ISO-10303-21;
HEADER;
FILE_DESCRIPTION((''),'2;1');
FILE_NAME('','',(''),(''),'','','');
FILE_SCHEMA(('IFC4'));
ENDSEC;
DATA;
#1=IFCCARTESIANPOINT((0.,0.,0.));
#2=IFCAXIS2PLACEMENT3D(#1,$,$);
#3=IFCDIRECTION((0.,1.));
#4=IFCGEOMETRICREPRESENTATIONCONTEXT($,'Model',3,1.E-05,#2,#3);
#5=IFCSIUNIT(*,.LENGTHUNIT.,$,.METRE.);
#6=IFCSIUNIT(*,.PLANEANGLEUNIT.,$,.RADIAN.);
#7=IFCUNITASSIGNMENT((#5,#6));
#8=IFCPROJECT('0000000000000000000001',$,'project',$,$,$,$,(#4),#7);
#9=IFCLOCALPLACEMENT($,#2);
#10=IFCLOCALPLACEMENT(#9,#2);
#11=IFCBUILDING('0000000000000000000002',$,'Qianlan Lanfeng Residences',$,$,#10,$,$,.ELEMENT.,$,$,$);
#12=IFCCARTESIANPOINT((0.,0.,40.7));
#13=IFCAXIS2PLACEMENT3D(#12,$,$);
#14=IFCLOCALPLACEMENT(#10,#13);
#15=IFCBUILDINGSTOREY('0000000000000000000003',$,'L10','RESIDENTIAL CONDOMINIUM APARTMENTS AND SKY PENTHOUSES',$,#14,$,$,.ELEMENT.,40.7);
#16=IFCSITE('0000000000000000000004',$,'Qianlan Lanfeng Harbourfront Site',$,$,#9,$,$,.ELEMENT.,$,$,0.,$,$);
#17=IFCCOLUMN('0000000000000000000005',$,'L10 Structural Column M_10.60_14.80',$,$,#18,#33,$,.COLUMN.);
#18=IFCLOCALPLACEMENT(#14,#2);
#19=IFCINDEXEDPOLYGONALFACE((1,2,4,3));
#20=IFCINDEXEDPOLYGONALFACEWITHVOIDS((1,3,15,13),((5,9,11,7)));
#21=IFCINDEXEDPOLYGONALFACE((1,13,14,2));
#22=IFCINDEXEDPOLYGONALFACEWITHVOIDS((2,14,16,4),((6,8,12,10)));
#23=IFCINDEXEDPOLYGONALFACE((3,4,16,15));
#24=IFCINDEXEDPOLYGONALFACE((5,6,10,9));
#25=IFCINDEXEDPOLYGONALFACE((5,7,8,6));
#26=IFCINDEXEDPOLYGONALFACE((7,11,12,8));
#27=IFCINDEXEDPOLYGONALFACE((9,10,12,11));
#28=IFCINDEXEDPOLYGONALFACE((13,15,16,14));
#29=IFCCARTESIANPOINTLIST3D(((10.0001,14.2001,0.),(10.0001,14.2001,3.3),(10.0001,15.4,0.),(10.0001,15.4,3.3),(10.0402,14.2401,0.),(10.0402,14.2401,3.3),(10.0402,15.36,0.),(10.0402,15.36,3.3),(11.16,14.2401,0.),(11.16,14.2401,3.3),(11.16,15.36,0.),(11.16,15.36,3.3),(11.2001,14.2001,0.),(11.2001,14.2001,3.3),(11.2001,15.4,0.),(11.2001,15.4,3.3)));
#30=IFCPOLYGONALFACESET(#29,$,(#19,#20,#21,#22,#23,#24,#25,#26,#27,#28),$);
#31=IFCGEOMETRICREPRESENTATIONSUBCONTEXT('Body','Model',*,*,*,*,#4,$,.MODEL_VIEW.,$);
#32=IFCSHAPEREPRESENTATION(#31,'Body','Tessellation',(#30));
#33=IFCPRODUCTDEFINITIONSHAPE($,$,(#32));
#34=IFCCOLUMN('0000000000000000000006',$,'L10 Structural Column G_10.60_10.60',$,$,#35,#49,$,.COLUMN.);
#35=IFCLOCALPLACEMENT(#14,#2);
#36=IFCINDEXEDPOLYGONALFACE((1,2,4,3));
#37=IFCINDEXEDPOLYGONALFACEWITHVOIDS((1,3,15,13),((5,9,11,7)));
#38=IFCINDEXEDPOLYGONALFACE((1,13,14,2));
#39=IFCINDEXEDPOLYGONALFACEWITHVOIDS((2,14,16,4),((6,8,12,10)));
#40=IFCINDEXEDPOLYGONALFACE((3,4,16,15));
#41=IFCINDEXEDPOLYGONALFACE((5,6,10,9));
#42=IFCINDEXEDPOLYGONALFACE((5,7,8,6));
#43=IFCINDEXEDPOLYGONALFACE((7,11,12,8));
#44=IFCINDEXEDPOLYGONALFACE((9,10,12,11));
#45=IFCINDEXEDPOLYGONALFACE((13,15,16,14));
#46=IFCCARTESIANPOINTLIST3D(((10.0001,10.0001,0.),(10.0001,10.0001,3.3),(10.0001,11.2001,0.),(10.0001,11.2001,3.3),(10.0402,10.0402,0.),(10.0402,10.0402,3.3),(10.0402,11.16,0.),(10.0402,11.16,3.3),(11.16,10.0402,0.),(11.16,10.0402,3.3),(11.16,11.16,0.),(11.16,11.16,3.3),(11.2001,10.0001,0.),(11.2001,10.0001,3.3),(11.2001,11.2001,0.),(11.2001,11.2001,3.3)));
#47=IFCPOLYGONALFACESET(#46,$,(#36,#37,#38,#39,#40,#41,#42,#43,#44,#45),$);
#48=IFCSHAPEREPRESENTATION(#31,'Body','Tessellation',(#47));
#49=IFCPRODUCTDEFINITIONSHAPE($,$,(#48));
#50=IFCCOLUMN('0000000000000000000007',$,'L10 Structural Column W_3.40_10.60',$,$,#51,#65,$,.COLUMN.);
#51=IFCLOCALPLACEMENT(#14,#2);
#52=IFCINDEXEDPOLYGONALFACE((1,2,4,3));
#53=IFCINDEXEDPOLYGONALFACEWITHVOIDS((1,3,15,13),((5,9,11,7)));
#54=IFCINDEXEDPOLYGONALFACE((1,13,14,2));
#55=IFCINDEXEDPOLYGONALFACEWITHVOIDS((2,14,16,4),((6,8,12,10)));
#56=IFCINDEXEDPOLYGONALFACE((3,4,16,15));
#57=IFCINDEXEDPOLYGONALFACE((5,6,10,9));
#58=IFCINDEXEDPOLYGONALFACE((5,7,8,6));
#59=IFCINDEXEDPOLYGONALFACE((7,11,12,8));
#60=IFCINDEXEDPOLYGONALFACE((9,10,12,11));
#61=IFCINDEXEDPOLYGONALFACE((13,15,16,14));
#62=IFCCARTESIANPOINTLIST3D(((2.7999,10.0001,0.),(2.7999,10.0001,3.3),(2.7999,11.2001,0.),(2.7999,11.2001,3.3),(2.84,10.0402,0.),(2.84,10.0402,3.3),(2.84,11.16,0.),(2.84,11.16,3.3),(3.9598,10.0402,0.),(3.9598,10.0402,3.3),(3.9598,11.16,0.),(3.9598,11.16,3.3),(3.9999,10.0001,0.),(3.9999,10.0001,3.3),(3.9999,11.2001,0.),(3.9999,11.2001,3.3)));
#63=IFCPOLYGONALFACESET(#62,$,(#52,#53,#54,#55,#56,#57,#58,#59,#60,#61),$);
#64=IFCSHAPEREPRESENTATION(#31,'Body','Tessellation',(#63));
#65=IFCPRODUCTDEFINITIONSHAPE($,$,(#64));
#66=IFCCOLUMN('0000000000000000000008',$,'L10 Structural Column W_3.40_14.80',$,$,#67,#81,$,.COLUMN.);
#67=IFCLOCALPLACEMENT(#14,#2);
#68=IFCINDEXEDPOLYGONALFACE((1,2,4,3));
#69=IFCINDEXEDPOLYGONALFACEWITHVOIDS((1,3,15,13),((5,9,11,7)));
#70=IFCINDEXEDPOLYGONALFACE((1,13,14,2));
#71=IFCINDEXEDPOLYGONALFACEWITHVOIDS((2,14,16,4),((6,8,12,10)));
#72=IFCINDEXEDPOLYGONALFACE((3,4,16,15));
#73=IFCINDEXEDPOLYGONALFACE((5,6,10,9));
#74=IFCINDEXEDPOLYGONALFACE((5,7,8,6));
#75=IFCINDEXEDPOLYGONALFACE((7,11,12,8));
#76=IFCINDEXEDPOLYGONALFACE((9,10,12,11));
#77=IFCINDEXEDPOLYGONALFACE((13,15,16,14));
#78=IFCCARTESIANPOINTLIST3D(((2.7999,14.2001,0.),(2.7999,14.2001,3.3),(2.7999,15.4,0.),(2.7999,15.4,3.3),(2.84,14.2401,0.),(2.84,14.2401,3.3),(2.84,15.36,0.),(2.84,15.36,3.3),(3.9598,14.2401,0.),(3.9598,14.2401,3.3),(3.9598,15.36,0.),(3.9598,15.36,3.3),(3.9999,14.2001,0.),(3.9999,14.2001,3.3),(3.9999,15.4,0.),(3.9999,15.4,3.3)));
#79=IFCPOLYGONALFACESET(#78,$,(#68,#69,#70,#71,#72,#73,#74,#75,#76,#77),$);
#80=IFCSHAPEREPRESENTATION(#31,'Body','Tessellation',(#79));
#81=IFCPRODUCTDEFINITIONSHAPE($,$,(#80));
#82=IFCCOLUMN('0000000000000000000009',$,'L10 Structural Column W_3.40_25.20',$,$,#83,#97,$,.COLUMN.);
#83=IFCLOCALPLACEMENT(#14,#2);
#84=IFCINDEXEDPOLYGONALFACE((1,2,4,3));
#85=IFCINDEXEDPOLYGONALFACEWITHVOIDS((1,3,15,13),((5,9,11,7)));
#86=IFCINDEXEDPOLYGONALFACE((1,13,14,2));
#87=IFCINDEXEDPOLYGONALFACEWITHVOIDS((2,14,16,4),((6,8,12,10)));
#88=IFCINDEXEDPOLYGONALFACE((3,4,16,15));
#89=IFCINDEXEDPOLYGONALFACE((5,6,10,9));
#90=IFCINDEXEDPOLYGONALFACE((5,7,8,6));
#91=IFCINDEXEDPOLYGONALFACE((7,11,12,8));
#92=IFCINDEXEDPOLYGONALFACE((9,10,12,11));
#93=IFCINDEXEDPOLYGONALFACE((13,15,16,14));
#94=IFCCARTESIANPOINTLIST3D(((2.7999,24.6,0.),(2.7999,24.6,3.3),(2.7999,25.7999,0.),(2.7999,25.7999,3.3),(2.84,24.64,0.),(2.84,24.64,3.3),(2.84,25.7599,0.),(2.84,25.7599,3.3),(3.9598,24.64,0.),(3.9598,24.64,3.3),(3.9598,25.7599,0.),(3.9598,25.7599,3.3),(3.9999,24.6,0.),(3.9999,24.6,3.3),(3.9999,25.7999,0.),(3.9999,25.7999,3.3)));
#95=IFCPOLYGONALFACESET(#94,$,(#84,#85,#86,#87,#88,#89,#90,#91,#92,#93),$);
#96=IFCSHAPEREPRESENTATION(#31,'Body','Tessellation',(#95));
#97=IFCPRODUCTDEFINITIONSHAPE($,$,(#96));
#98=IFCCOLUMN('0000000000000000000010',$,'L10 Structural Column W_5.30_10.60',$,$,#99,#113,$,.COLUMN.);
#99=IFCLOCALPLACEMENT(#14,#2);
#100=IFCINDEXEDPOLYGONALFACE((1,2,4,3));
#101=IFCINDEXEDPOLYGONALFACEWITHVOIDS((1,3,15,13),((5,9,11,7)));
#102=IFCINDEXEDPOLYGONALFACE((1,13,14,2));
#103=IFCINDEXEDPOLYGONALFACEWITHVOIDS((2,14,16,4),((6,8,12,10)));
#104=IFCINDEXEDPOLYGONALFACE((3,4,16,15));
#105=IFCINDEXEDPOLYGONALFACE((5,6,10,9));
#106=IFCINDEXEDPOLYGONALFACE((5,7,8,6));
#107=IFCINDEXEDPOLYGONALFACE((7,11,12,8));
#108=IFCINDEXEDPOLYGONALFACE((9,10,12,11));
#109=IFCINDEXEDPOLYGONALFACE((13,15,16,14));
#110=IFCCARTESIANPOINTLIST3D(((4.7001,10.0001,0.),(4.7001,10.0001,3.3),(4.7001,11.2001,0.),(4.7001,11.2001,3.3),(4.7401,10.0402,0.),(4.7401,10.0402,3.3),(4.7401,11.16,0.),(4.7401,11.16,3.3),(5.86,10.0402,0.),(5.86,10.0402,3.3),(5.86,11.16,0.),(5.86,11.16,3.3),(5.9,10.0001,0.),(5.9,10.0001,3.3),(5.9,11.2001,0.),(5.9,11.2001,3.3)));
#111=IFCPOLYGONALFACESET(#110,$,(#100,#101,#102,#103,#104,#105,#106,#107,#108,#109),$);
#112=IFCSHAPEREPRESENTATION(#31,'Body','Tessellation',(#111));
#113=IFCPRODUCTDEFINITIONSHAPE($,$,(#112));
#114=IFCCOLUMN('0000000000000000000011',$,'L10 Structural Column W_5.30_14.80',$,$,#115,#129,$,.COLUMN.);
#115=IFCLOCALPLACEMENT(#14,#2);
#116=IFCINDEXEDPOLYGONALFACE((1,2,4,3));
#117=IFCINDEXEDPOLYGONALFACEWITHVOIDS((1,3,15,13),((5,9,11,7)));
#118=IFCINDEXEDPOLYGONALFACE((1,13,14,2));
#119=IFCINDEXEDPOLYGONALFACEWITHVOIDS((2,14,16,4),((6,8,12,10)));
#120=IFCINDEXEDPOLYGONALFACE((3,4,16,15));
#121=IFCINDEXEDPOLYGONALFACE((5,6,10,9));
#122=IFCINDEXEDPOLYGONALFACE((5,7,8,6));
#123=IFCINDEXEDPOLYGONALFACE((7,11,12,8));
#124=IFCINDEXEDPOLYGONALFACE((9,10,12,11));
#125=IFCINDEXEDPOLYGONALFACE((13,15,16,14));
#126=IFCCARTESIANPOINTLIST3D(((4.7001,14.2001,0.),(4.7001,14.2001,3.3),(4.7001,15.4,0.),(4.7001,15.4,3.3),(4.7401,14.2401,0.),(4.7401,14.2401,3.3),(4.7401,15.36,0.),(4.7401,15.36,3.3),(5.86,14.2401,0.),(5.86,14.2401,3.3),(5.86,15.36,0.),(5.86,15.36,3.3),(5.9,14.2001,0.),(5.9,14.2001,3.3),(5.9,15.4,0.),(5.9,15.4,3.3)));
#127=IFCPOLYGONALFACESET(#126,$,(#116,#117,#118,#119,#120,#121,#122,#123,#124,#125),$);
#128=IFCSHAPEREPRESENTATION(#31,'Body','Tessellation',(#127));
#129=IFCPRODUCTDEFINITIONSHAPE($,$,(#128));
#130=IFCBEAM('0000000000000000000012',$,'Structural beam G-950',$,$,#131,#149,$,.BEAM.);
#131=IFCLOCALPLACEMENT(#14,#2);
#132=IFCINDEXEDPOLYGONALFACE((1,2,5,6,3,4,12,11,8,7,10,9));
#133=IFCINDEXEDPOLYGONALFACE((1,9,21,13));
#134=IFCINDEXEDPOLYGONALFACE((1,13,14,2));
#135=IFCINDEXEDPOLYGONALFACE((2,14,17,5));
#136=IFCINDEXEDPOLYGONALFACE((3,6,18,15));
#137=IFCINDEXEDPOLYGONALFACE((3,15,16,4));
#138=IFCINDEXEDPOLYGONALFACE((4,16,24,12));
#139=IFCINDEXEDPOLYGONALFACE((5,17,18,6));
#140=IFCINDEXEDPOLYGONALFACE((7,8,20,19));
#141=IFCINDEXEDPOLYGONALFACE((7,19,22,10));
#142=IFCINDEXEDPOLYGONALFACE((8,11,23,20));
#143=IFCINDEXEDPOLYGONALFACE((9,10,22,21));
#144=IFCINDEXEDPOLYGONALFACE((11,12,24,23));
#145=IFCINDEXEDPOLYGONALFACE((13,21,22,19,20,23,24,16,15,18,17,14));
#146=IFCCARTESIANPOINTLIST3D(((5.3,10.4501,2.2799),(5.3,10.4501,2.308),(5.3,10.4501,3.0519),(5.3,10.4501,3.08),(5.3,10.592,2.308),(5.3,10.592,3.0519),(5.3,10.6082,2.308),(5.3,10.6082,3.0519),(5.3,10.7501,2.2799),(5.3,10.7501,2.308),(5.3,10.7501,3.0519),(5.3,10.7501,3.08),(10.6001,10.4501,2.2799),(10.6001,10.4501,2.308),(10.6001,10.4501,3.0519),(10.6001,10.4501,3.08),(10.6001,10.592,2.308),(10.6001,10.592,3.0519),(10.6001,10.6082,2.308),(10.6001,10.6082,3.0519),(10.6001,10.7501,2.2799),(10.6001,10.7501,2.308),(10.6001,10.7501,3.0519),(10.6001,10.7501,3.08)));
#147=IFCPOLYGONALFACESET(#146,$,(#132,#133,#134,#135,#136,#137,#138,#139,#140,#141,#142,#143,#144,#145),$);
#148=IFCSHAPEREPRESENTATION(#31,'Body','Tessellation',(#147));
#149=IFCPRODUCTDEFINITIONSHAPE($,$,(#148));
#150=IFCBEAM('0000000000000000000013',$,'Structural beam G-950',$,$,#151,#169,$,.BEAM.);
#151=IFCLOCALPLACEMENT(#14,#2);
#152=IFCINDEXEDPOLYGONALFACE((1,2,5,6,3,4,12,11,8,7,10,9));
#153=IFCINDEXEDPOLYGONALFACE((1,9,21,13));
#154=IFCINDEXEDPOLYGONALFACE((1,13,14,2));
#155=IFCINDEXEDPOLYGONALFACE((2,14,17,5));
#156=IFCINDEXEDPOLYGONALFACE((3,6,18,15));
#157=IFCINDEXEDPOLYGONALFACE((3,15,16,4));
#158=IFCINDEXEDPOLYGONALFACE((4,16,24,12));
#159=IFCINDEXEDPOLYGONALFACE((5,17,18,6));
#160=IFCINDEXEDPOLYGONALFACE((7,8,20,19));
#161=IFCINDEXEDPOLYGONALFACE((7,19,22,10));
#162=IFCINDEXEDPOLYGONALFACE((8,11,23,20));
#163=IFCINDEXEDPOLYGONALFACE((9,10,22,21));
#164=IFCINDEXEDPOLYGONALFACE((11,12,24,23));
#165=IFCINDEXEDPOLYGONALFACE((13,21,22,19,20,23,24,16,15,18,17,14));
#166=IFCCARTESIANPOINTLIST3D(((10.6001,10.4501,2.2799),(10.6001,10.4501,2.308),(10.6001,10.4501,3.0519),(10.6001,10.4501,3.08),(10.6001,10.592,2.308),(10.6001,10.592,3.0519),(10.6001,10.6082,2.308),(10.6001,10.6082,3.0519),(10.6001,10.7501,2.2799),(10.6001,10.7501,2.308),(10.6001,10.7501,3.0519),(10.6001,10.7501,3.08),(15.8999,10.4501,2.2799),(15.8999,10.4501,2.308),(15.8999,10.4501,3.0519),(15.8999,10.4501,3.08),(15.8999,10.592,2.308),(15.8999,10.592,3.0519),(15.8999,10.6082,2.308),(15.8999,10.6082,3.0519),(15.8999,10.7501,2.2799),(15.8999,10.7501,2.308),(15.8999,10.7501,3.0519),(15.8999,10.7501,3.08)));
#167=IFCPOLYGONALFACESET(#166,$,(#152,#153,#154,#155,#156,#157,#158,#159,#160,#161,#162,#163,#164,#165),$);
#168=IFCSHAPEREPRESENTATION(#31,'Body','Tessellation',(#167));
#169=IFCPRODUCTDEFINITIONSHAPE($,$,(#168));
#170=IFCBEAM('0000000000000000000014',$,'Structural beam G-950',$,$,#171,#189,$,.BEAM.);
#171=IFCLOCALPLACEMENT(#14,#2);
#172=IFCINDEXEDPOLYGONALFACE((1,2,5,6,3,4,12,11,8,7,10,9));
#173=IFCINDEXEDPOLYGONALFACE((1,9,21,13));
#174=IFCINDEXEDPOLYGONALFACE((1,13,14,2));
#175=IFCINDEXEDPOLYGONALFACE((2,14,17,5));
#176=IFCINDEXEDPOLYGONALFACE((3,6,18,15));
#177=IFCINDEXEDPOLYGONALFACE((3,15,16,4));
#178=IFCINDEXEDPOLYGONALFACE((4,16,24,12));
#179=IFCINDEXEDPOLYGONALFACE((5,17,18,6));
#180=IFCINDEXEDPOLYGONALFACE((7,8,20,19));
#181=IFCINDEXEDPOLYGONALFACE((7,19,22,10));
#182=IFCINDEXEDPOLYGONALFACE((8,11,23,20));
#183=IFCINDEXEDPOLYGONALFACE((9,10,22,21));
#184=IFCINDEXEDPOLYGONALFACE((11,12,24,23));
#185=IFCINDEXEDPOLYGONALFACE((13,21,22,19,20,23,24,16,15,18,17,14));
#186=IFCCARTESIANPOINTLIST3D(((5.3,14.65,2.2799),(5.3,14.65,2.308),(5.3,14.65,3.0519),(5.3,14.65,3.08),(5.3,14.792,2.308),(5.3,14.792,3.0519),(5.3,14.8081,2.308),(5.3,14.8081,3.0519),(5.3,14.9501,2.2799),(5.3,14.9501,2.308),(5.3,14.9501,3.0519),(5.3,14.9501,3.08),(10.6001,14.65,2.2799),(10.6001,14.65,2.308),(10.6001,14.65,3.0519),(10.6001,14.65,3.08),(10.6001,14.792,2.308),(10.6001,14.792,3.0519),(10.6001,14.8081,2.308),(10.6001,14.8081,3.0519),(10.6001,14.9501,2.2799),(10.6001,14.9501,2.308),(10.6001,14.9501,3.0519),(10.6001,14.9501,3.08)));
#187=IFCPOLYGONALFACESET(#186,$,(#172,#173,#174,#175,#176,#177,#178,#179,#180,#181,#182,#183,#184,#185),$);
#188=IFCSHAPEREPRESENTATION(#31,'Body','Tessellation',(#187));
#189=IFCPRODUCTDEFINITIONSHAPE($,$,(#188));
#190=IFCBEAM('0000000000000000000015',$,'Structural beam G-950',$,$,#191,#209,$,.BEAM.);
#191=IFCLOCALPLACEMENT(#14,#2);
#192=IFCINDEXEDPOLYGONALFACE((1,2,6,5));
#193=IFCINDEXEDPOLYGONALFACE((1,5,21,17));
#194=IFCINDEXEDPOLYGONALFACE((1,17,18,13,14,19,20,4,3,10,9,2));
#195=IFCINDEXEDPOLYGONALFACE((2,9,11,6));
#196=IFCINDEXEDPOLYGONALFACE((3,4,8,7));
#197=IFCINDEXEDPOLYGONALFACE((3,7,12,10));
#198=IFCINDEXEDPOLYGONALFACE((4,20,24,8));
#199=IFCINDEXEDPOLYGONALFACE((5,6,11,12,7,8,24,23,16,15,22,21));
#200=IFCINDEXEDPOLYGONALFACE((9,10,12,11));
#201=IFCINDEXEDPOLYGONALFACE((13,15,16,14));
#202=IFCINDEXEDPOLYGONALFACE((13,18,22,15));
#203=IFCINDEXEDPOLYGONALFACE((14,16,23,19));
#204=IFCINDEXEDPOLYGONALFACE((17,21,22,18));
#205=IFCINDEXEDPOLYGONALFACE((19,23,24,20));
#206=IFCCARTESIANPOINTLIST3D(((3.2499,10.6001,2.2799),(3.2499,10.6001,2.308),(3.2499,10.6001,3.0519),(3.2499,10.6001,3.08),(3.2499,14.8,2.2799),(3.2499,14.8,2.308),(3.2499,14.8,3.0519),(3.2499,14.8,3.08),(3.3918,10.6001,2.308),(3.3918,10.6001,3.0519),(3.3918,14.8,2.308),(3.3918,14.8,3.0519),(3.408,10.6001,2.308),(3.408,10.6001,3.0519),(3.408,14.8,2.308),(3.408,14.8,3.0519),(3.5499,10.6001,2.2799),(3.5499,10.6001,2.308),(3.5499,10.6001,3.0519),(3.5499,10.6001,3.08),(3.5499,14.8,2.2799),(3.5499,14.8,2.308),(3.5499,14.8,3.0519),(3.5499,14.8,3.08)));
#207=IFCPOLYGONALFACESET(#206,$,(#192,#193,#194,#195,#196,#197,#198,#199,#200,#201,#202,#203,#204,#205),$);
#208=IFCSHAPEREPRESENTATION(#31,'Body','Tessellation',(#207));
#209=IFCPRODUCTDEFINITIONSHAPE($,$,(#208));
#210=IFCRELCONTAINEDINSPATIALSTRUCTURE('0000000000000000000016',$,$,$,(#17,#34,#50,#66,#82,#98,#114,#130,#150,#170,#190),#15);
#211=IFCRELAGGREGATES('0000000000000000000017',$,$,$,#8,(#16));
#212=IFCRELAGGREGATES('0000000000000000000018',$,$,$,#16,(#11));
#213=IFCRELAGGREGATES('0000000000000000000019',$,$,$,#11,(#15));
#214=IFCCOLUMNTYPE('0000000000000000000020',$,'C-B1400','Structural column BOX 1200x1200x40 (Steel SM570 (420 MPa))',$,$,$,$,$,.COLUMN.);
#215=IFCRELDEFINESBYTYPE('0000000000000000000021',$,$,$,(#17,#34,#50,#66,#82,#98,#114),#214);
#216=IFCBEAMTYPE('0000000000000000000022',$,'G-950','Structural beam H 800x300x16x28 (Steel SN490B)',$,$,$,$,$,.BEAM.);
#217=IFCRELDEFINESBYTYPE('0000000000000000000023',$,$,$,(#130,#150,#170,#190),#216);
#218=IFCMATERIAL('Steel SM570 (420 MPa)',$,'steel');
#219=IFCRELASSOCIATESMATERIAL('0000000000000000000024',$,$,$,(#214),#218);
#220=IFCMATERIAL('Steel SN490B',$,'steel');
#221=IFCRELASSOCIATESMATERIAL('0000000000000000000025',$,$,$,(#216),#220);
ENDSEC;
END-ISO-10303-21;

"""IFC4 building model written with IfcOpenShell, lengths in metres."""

from ifc_helpers import new_model, si_unit, direction, frame, origin, origin_2d, place, context, subcontext, project, spatial, hollow_rectangle, i_section, extrude, material, material_profile, profile_set, type_object, element, save


model = new_model("IFC4")

# Units and contexts
model_context = context("Model", 3, precision=1e-05, world=origin(), true_north=direction((0.0, 1.0)))
body_context = subcontext(model_context, "Body", "Model", "MODEL_VIEW")
ifc_project = project(units=[si_unit("LENGTHUNIT", "METRE"), si_unit("PLANEANGLEUNIT", "RADIAN")], contexts=[model_context])

# Site, building, storey
site_placement = place(None, origin())
site = spatial("IfcSite", under=ifc_project, at=site_placement, Name="Qianlan Lanfeng Harbourfront Site", CompositionType="ELEMENT", RefElevation=0.0)
building_placement = place(site_placement, origin())
building = spatial("IfcBuilding", under=site, at=building_placement, Name="Qianlan Lanfeng Residences", CompositionType="ELEMENT")
storey_placement = place(building_placement, frame((0.0, 0.0, 40.7)))
storey = spatial("IfcBuildingStorey", under=building, at=storey_placement, Name="L10", Description="RESIDENTIAL CONDOMINIUM APARTMENTS AND SKY PENTHOUSES", CompositionType="ELEMENT", Elevation=40.7)

# Columns
ifc_material_1 = material(Name="Steel SM570 (420 MPa)", Category="steel")
ifc_material_profile_1 = material_profile(ifc_material_1, hollow_rectangle(XDim=1.2, YDim=1.2, WallThickness=0.04, at=origin_2d()), Name="BOX 1200x1200x40")
ifc_profile_set_1 = profile_set([ifc_material_profile_1], Name="Steel SM570 (420 MPa)")
column_type = type_object("IfcColumnType", Name="C-B1400", Description="Structural column BOX 1200x1200x40 (Steel SM570 (420 MPa))", PredefinedType="COLUMN", material=ifc_profile_set_1)
for number, where, z_axis, x_axis, name in (
    (1, (10.6001, 14.8, 0.0), (0.0, 0.0, 1.0), (1.0, 0.0, 0.0), "L10 Structural Column M_10.60_14.80"),
    (2, (10.6001, 10.6001, 0.0), (0.0, 0.0, 1.0), (1.0, 0.0, 0.0), "L10 Structural Column G_10.60_10.60"),
    (3, (3.3999, 10.6001, 0.0), (0.0, 0.0, 1.0), (1.0, 0.0, 0.0), "L10 Structural Column W_3.40_10.60"),
    (4, (3.3999, 14.8, 0.0), (0.0, 0.0, 1.0), (1.0, 0.0, 0.0), "L10 Structural Column W_3.40_14.80"),
    (5, (3.3999, 25.2, 0.0), (0.0, 0.0, 1.0), (1.0, 0.0, 0.0), "L10 Structural Column W_3.40_25.20"),
    (6, (5.3, 10.6001, 0.0), (0.0, 0.0, 1.0), (1.0, 0.0, 0.0), "L10 Structural Column W_5.30_10.60"),
    (7, (5.3, 14.8, 0.0), (0.0, 0.0, 1.0), (1.0, 0.0, 0.0), "L10 Structural Column W_5.30_14.80"),
):
    element("IfcColumn", number, at=place(storey_placement, frame(where, z_axis=z_axis, x_axis=x_axis)), inside=storey, type_object=column_type, Name=name, PredefinedType="COLUMN", context=body_context, shape_type="SweptSolid", body=[
        extrude(hollow_rectangle(XDim=1.2, YDim=1.2, WallThickness=0.04, at=origin_2d()), origin(), (0.0, 0.0, 1.0), 3.3),
    ])

# Beams
ifc_material_2 = material(Name="Steel SN490B", Category="steel")
ifc_material_profile_2 = material_profile(ifc_material_2, i_section(OverallWidth=0.3, OverallDepth=0.8, WebThickness=0.0161, FlangeThickness=0.0281, at=origin_2d()), Name="H 800x300x16x28")
ifc_profile_set_2 = profile_set([ifc_material_profile_2], Name="Steel SN490B")
beam_type_1 = type_object("IfcBeamType", Name="G-950", Description="Structural beam H 800x300x16x28 (Steel SN490B)", PredefinedType="BEAM", material=ifc_profile_set_2)
beam_1_placement = place(storey_placement, frame((5.3, 10.6001, 2.6799), z_axis=(1.0, 0.0, 0.0), x_axis=(0.0, 1.0, 0.0)))
element("IfcBeam", 8, at=beam_1_placement, inside=storey, type_object=beam_type_1, Name="Structural beam G-950", PredefinedType="BEAM", context=body_context, shape_type="SweptSolid", body=[
    extrude(i_section(OverallWidth=0.3, OverallDepth=0.8, WebThickness=0.0161, FlangeThickness=0.0281, at=origin_2d()), origin(), (0.0, 0.0, 1.0), 5.3),
])
beam_2_placement = place(storey_placement, frame((10.6001, 10.6001, 2.6799), z_axis=(1.0, 0.0, 0.0), x_axis=(0.0, 1.0, 0.0)))
element("IfcBeam", 9, at=beam_2_placement, inside=storey, type_object=beam_type_1, Name="Structural beam G-950", PredefinedType="BEAM", context=body_context, shape_type="SweptSolid", body=[
    extrude(i_section(OverallWidth=0.3, OverallDepth=0.8, WebThickness=0.0161, FlangeThickness=0.0281, at=origin_2d()), origin(), (0.0, 0.0, 1.0), 5.2998),
])
beam_3_placement = place(storey_placement, frame((5.3, 14.8, 2.6799), z_axis=(1.0, 0.0, 0.0), x_axis=(0.0, 1.0, 0.0)))
element("IfcBeam", 10, at=beam_3_placement, inside=storey, type_object=beam_type_1, Name="Structural beam G-950", PredefinedType="BEAM", context=body_context, shape_type="SweptSolid", body=[
    extrude(i_section(OverallWidth=0.3, OverallDepth=0.8, WebThickness=0.0161, FlangeThickness=0.0281, at=origin_2d()), origin(), (0.0, 0.0, 1.0), 5.3),
])
beam_4_placement = place(storey_placement, frame((3.3999, 10.6001, 2.6799), z_axis=(0.0, 1.0, 0.0), x_axis=(-1.0, 0.0, 0.0)))
element("IfcBeam", 11, at=beam_4_placement, inside=storey, type_object=beam_type_1, Name="Structural beam G-950", PredefinedType="BEAM", context=body_context, shape_type="SweptSolid", body=[
    extrude(i_section(OverallWidth=0.3, OverallDepth=0.8, WebThickness=0.0161, FlangeThickness=0.0281, at=origin_2d()), origin(), (0.0, 0.0, 1.0), 4.2),
])

save(model, "model.ifc")
